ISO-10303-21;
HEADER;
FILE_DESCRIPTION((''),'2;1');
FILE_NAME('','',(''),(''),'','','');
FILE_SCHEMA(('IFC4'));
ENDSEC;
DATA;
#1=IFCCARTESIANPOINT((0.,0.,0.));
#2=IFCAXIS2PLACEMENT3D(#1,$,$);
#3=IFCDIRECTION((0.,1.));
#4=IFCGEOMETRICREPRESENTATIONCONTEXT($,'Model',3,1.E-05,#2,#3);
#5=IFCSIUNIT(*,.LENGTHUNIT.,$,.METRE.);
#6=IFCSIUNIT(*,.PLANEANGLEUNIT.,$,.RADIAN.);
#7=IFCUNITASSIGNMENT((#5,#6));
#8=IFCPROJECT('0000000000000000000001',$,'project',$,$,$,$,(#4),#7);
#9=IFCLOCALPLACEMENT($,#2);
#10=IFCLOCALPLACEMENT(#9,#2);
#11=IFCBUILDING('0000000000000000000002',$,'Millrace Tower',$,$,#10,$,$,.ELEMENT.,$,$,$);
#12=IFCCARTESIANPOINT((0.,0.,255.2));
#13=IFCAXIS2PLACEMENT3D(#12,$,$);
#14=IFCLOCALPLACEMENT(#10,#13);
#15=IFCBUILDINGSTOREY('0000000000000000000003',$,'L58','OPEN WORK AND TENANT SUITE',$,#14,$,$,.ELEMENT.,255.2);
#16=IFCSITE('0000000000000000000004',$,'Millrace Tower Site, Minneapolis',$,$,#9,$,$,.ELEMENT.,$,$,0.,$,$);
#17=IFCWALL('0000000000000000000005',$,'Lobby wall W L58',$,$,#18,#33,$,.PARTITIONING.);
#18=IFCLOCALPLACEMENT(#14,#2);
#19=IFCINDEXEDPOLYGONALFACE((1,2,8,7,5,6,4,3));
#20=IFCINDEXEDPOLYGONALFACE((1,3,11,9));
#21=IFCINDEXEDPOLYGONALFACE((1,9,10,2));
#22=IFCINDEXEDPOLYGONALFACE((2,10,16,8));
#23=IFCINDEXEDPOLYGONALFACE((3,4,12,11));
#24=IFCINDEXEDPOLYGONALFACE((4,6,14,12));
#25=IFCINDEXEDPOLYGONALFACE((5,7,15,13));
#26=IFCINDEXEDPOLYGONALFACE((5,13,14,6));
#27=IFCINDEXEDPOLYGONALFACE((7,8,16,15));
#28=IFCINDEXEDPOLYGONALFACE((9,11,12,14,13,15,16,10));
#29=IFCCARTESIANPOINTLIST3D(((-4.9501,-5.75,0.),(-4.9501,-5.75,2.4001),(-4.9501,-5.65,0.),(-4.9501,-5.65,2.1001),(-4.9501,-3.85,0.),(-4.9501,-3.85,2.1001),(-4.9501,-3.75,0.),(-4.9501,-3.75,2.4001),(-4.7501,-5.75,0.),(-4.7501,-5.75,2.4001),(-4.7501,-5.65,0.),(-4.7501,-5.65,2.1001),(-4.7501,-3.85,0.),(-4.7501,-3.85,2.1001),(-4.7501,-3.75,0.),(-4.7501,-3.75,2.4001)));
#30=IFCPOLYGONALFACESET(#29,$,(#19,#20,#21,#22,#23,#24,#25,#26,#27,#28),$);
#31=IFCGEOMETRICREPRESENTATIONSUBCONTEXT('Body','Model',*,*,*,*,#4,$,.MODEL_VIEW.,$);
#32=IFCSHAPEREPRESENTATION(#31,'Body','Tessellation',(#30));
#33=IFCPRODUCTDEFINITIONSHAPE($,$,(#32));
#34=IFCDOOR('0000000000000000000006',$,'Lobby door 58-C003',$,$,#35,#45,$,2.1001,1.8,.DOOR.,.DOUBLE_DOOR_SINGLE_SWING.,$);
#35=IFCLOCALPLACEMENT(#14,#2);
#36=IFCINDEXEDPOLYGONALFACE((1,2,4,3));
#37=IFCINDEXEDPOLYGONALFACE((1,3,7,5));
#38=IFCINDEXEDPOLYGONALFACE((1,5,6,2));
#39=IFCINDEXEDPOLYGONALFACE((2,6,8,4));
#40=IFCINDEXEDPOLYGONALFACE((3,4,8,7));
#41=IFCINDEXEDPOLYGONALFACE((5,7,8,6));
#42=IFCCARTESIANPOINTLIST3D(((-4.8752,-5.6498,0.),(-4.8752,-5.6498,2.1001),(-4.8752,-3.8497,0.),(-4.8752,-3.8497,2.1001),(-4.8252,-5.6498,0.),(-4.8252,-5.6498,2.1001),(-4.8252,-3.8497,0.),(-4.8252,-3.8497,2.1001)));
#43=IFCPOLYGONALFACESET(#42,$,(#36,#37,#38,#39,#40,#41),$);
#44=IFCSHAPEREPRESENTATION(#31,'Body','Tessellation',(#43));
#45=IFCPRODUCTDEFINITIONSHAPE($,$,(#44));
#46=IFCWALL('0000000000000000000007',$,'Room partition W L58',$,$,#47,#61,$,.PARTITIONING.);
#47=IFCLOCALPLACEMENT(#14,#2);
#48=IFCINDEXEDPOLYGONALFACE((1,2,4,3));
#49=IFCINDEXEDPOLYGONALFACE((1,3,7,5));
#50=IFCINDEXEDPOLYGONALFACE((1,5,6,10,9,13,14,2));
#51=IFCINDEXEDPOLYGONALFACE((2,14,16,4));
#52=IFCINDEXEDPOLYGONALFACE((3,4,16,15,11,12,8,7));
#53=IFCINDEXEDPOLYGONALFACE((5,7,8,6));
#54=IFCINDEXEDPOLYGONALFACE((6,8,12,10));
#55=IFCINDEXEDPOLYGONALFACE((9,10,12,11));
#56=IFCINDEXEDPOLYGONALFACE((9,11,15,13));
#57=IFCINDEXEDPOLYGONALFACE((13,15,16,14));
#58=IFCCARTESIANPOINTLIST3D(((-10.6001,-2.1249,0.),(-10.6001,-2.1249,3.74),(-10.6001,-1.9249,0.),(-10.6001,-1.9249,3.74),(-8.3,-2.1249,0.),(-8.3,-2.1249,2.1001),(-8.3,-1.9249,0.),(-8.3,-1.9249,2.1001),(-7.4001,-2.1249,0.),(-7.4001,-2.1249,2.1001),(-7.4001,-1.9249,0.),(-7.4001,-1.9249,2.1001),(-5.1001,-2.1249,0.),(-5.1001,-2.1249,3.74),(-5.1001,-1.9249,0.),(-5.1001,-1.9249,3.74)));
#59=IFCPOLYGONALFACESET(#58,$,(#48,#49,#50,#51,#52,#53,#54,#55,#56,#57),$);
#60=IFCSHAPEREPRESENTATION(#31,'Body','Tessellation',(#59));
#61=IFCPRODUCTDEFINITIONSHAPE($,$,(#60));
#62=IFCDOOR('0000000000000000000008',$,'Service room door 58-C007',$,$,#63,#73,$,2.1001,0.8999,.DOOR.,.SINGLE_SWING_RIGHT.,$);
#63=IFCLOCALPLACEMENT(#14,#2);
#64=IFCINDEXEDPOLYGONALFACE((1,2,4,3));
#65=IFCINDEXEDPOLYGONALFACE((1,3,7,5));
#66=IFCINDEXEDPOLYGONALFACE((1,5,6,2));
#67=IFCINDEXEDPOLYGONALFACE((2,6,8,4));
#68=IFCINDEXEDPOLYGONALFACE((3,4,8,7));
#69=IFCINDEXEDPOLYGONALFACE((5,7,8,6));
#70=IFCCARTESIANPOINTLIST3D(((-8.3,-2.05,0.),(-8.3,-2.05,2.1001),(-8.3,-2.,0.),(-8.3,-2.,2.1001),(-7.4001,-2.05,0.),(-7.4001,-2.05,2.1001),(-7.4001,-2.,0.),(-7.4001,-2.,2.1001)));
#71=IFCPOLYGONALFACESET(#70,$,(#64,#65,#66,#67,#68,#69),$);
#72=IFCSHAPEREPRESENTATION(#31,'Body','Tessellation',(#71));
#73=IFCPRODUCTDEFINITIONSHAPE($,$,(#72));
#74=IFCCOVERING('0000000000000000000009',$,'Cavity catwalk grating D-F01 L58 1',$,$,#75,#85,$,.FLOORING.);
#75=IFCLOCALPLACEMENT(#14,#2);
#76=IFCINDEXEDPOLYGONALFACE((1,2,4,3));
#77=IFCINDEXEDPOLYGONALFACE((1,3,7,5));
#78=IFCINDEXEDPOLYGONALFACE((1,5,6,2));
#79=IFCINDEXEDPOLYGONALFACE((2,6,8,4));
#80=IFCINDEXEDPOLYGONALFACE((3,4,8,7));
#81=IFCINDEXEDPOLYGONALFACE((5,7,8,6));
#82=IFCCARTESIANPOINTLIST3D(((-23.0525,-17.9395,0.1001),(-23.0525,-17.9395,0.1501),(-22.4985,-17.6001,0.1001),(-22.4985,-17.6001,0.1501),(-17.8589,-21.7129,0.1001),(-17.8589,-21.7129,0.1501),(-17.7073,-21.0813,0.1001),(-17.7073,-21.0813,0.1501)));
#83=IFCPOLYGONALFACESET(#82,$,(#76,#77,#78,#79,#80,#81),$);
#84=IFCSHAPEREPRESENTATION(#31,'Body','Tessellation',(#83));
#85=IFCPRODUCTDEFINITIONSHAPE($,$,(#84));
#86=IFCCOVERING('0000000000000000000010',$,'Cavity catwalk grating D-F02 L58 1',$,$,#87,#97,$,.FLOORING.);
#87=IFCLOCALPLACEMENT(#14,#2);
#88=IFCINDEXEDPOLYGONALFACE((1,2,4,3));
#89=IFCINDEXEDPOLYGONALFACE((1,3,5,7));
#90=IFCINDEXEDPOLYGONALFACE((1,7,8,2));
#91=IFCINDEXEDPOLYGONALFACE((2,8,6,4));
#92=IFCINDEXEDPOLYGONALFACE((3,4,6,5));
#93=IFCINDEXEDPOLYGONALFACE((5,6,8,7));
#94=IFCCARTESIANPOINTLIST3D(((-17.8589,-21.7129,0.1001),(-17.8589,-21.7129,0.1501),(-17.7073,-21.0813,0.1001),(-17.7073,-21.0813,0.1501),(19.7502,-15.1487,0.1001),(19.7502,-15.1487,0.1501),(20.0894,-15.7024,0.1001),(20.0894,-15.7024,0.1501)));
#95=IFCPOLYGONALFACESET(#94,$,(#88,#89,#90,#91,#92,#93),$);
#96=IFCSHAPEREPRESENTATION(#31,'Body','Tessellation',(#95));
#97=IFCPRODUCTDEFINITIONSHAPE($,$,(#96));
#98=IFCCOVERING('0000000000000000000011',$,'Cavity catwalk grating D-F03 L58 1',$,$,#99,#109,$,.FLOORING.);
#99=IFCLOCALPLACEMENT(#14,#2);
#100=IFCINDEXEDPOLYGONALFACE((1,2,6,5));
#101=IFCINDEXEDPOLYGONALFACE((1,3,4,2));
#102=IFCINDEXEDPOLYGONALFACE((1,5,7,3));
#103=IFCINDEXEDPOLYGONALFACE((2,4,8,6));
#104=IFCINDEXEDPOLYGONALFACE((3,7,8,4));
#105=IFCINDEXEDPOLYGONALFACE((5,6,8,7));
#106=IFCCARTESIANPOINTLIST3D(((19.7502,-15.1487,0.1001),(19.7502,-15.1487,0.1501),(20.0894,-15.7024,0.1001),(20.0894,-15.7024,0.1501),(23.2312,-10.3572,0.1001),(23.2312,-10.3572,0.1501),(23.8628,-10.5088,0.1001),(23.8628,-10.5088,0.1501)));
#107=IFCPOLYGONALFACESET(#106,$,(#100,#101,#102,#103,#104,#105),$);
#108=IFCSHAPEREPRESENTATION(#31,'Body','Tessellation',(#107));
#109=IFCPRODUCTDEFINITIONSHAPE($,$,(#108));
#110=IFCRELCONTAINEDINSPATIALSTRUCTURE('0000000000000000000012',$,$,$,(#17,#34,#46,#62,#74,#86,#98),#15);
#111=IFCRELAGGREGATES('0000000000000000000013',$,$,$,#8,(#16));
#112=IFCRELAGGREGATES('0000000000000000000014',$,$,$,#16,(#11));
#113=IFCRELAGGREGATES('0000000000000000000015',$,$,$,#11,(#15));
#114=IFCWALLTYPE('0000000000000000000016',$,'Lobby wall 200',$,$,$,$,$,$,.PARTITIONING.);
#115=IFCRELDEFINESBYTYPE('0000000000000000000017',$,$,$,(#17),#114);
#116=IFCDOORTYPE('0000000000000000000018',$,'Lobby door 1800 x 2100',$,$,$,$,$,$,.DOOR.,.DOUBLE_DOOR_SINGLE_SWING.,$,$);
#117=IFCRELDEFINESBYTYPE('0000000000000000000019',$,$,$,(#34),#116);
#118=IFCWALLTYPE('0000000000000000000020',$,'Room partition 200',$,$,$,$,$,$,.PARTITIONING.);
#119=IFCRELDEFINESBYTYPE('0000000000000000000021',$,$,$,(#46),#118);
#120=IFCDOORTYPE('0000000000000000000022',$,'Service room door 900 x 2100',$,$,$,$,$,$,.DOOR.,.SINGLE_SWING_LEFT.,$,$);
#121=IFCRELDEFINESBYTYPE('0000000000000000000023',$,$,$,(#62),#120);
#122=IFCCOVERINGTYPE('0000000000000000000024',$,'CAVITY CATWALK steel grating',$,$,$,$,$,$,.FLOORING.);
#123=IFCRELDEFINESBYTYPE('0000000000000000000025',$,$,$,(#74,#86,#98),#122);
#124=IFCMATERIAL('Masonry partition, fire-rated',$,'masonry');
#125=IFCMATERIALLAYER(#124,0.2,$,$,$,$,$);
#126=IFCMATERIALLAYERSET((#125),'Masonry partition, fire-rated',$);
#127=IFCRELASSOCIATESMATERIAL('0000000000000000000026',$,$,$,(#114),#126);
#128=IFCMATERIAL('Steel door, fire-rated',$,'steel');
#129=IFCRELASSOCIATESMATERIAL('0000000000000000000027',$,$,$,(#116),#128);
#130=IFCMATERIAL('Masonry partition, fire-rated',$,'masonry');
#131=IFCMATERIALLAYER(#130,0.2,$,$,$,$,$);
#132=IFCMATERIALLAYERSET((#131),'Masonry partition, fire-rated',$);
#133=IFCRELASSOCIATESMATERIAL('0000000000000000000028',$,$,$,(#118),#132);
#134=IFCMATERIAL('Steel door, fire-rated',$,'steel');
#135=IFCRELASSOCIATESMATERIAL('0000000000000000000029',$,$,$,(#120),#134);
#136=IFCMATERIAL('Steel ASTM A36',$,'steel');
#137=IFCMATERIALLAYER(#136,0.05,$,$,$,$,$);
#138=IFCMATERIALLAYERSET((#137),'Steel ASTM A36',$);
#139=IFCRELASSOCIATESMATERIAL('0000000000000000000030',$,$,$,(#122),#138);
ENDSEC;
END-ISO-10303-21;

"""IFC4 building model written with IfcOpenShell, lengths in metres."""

from ifc_helpers import new_model, si_unit, direction, frame, frame_2d, origin, place, context, subcontext, project, spatial, polyline, rectangle, outline, extrude, material, layer, layer_set, type_object, element, fill, save


model = new_model("IFC4")

# Units and contexts
model_context = context("Model", 3, precision=1e-05, world=origin(), true_north=direction((0.0, 1.0)))
body_context = subcontext(model_context, "Body", "Model", "MODEL_VIEW")
ifc_project = project(units=[si_unit("LENGTHUNIT", "METRE"), si_unit("PLANEANGLEUNIT", "RADIAN")], contexts=[model_context])

# Site, building, storey
site_placement = place(None, origin())
site = spatial("IfcSite", under=ifc_project, at=site_placement, Name="Millrace Tower Site, Minneapolis", CompositionType="ELEMENT", RefElevation=0.0)
building_placement = place(site_placement, origin())
building = spatial("IfcBuilding", under=site, at=building_placement, Name="Millrace Tower", CompositionType="ELEMENT")
storey_placement = place(building_placement, frame((0.0, 0.0, 255.2)))
storey = spatial("IfcBuildingStorey", under=building, at=storey_placement, Name="L58", Description="OPEN WORK AND TENANT SUITE", CompositionType="ELEMENT", Elevation=255.2)

# Walls, openings, doors
ifc_material_1 = material(Name="Masonry partition, fire-rated", Category="masonry")
ifc_layer_1 = layer(ifc_material_1, 0.2)
ifc_layer_set_1 = layer_set([ifc_layer_1], Name="Masonry partition, fire-rated")
wall_type_1 = type_object("IfcWallType", Name="Lobby wall 200", PredefinedType="PARTITIONING", material=ifc_layer_set_1)
wall_1_placement = place(storey_placement, frame((-4.8501, -5.75, 0.0), z_axis=(0.0, 0.0, 1.0), x_axis=(0.0, 1.0, 0.0)))
wall_1 = element("IfcWall", 1, at=wall_1_placement, inside=storey, type_object=wall_type_1, Name="Lobby wall W L58", PredefinedType="PARTITIONING", context=body_context, shape_type="SweptSolid", body=[
    extrude(rectangle(XDim=2.0, YDim=0.2, at=frame_2d((1.0, 0.0))), origin(), (0.0, 0.0, 1.0), 2.4001),
])
opening_1_placement = place(wall_1_placement, frame((0.1001, 0.0, 0.0)))
opening_1 = element("IfcOpeningElement", 2, at=opening_1_placement, cuts=wall_1, PredefinedType="OPENING", context=body_context, shape_type="SweptSolid", body=[
    extrude(rectangle(XDim=1.8, YDim=2.1001, at=frame_2d((0.8999, 1.05))), frame((0.0, 0.1099, 0.0), z_axis=(0.0, -1.0, 0.0), x_axis=(1.0, 0.0, 0.0)), (0.0, 0.0, 1.0), 0.22),
])
ifc_material_2 = material(Name="Steel door, fire-rated", Category="steel")
door_type_1 = type_object("IfcDoorType", Name="Lobby door 1800 x 2100", OperationType="DOUBLE_DOOR_SINGLE_SWING", PredefinedType="DOOR", material=ifc_material_2)
door_1_placement = place(opening_1_placement, frame((1.8, 0.0, 0.0), z_axis=(0.0, 0.0, 1.0), x_axis=(-1.0, 0.0, 0.0)))
door_1 = element("IfcDoor", 3, at=door_1_placement, inside=storey, type_object=door_type_1, Name="Lobby door 58-C003", OperationType="DOUBLE_DOOR_SINGLE_SWING", OverallHeight=2.1001, OverallWidth=1.8, PredefinedType="DOOR", context=body_context, shape_type="SweptSolid", body=[
    extrude(rectangle(XDim=1.8, YDim=2.1001, at=frame_2d((0.8999, 1.05))), frame((0.0, 0.0249, 0.0), z_axis=(0.0, -1.0, 0.0), x_axis=(1.0, 0.0, 0.0)), (0.0, 0.0, 1.0), 0.05),
])
fill(opening_1, door_1)
ifc_material_3 = material(Name="Masonry partition, fire-rated", Category="masonry")
ifc_layer_2 = layer(ifc_material_3, 0.2)
ifc_layer_set_2 = layer_set([ifc_layer_2], Name="Masonry partition, fire-rated")
wall_type_2 = type_object("IfcWallType", Name="Room partition 200", PredefinedType="PARTITIONING", material=ifc_layer_set_2)
wall_2_placement = place(storey_placement, frame((-10.6001, -2.0249, 0.0), z_axis=(0.0, 0.0, 1.0), x_axis=(1.0, 0.0, 0.0)))
wall_2 = element("IfcWall", 4, at=wall_2_placement, inside=storey, type_object=wall_type_2, Name="Room partition W L58", PredefinedType="PARTITIONING", context=body_context, shape_type="SweptSolid", body=[
    extrude(rectangle(XDim=5.5, YDim=0.2, at=frame_2d((2.75, 0.0))), origin(), (0.0, 0.0, 1.0), 3.74),
])
opening_2_placement = place(wall_2_placement, frame((2.3, 0.0, 0.0)))
opening_2 = element("IfcOpeningElement", 5, at=opening_2_placement, cuts=wall_2, PredefinedType="OPENING", context=body_context, shape_type="SweptSolid", body=[
    extrude(rectangle(XDim=0.8999, YDim=2.1001, at=frame_2d((0.45, 1.05))), frame((0.0, 0.1099, 0.0), z_axis=(0.0, -1.0, 0.0), x_axis=(1.0, 0.0, 0.0)), (0.0, 0.0, 1.0), 0.22),
])
ifc_material_4 = material(Name="Steel door, fire-rated", Category="steel")
door_type_2 = type_object("IfcDoorType", Name="Service room door 900 x 2100", OperationType="SINGLE_SWING_LEFT", PredefinedType="DOOR", material=ifc_material_4)
door_2_placement = place(opening_2_placement, origin())
door_2 = element("IfcDoor", 6, at=door_2_placement, inside=storey, type_object=door_type_2, Name="Service room door 58-C007", OperationType="SINGLE_SWING_RIGHT", OverallHeight=2.1001, OverallWidth=0.8999, PredefinedType="DOOR", context=body_context, shape_type="SweptSolid", body=[
    extrude(rectangle(XDim=0.8999, YDim=2.1001, at=frame_2d((0.45, 1.05))), frame((0.0, 0.0249, 0.0), z_axis=(0.0, -1.0, 0.0), x_axis=(1.0, 0.0, 0.0)), (0.0, 0.0, 1.0), 0.05),
])
fill(opening_2, door_2)

# Coverings
ifc_material_5 = material(Name="Steel ASTM A36", Category="steel")
ifc_layer_3 = layer(ifc_material_5, 0.05)
ifc_layer_set_3 = layer_set([ifc_layer_3], Name="Steel ASTM A36")
covering_type = type_object("IfcCoveringType", Name="CAVITY CATWALK steel grating", PredefinedType="FLOORING", material=ifc_layer_set_3)
placement_1 = place(storey_placement, frame((0.0, 0.0, 0.1001)))
element("IfcCovering", 7, at=placement_1, inside=storey, type_object=covering_type, Name="Cavity catwalk grating D-F01 L58 1", PredefinedType="FLOORING", context=body_context, shape_type="SweptSolid", body=[
    extrude(outline(polyline([(-23.0525, -17.9395), (-17.8589, -21.7129), (-17.7073, -21.0813), (-22.4985, -17.6001), (-23.0525, -17.9395)])), origin(), (0.0, 0.0, 1.0), 0.05),
])
element("IfcCovering", 8, at=placement_1, inside=storey, type_object=covering_type, Name="Cavity catwalk grating D-F02 L58 1", PredefinedType="FLOORING", context=body_context, shape_type="SweptSolid", body=[
    extrude(outline(polyline([(-17.8589, -21.7129), (20.0894, -15.7024), (19.7502, -15.1487), (-17.7073, -21.0813), (-17.8589, -21.7129)])), origin(), (0.0, 0.0, 1.0), 0.05),
])
element("IfcCovering", 9, at=placement_1, inside=storey, type_object=covering_type, Name="Cavity catwalk grating D-F03 L58 1", PredefinedType="FLOORING", context=body_context, shape_type="SweptSolid", body=[
    extrude(outline(polyline([(20.0894, -15.7024), (23.8628, -10.5088), (23.2312, -10.3572), (19.7502, -15.1487), (20.0894, -15.7024)])), origin(), (0.0, 0.0, 1.0), 0.05),
])

save(model, "model.ifc")
